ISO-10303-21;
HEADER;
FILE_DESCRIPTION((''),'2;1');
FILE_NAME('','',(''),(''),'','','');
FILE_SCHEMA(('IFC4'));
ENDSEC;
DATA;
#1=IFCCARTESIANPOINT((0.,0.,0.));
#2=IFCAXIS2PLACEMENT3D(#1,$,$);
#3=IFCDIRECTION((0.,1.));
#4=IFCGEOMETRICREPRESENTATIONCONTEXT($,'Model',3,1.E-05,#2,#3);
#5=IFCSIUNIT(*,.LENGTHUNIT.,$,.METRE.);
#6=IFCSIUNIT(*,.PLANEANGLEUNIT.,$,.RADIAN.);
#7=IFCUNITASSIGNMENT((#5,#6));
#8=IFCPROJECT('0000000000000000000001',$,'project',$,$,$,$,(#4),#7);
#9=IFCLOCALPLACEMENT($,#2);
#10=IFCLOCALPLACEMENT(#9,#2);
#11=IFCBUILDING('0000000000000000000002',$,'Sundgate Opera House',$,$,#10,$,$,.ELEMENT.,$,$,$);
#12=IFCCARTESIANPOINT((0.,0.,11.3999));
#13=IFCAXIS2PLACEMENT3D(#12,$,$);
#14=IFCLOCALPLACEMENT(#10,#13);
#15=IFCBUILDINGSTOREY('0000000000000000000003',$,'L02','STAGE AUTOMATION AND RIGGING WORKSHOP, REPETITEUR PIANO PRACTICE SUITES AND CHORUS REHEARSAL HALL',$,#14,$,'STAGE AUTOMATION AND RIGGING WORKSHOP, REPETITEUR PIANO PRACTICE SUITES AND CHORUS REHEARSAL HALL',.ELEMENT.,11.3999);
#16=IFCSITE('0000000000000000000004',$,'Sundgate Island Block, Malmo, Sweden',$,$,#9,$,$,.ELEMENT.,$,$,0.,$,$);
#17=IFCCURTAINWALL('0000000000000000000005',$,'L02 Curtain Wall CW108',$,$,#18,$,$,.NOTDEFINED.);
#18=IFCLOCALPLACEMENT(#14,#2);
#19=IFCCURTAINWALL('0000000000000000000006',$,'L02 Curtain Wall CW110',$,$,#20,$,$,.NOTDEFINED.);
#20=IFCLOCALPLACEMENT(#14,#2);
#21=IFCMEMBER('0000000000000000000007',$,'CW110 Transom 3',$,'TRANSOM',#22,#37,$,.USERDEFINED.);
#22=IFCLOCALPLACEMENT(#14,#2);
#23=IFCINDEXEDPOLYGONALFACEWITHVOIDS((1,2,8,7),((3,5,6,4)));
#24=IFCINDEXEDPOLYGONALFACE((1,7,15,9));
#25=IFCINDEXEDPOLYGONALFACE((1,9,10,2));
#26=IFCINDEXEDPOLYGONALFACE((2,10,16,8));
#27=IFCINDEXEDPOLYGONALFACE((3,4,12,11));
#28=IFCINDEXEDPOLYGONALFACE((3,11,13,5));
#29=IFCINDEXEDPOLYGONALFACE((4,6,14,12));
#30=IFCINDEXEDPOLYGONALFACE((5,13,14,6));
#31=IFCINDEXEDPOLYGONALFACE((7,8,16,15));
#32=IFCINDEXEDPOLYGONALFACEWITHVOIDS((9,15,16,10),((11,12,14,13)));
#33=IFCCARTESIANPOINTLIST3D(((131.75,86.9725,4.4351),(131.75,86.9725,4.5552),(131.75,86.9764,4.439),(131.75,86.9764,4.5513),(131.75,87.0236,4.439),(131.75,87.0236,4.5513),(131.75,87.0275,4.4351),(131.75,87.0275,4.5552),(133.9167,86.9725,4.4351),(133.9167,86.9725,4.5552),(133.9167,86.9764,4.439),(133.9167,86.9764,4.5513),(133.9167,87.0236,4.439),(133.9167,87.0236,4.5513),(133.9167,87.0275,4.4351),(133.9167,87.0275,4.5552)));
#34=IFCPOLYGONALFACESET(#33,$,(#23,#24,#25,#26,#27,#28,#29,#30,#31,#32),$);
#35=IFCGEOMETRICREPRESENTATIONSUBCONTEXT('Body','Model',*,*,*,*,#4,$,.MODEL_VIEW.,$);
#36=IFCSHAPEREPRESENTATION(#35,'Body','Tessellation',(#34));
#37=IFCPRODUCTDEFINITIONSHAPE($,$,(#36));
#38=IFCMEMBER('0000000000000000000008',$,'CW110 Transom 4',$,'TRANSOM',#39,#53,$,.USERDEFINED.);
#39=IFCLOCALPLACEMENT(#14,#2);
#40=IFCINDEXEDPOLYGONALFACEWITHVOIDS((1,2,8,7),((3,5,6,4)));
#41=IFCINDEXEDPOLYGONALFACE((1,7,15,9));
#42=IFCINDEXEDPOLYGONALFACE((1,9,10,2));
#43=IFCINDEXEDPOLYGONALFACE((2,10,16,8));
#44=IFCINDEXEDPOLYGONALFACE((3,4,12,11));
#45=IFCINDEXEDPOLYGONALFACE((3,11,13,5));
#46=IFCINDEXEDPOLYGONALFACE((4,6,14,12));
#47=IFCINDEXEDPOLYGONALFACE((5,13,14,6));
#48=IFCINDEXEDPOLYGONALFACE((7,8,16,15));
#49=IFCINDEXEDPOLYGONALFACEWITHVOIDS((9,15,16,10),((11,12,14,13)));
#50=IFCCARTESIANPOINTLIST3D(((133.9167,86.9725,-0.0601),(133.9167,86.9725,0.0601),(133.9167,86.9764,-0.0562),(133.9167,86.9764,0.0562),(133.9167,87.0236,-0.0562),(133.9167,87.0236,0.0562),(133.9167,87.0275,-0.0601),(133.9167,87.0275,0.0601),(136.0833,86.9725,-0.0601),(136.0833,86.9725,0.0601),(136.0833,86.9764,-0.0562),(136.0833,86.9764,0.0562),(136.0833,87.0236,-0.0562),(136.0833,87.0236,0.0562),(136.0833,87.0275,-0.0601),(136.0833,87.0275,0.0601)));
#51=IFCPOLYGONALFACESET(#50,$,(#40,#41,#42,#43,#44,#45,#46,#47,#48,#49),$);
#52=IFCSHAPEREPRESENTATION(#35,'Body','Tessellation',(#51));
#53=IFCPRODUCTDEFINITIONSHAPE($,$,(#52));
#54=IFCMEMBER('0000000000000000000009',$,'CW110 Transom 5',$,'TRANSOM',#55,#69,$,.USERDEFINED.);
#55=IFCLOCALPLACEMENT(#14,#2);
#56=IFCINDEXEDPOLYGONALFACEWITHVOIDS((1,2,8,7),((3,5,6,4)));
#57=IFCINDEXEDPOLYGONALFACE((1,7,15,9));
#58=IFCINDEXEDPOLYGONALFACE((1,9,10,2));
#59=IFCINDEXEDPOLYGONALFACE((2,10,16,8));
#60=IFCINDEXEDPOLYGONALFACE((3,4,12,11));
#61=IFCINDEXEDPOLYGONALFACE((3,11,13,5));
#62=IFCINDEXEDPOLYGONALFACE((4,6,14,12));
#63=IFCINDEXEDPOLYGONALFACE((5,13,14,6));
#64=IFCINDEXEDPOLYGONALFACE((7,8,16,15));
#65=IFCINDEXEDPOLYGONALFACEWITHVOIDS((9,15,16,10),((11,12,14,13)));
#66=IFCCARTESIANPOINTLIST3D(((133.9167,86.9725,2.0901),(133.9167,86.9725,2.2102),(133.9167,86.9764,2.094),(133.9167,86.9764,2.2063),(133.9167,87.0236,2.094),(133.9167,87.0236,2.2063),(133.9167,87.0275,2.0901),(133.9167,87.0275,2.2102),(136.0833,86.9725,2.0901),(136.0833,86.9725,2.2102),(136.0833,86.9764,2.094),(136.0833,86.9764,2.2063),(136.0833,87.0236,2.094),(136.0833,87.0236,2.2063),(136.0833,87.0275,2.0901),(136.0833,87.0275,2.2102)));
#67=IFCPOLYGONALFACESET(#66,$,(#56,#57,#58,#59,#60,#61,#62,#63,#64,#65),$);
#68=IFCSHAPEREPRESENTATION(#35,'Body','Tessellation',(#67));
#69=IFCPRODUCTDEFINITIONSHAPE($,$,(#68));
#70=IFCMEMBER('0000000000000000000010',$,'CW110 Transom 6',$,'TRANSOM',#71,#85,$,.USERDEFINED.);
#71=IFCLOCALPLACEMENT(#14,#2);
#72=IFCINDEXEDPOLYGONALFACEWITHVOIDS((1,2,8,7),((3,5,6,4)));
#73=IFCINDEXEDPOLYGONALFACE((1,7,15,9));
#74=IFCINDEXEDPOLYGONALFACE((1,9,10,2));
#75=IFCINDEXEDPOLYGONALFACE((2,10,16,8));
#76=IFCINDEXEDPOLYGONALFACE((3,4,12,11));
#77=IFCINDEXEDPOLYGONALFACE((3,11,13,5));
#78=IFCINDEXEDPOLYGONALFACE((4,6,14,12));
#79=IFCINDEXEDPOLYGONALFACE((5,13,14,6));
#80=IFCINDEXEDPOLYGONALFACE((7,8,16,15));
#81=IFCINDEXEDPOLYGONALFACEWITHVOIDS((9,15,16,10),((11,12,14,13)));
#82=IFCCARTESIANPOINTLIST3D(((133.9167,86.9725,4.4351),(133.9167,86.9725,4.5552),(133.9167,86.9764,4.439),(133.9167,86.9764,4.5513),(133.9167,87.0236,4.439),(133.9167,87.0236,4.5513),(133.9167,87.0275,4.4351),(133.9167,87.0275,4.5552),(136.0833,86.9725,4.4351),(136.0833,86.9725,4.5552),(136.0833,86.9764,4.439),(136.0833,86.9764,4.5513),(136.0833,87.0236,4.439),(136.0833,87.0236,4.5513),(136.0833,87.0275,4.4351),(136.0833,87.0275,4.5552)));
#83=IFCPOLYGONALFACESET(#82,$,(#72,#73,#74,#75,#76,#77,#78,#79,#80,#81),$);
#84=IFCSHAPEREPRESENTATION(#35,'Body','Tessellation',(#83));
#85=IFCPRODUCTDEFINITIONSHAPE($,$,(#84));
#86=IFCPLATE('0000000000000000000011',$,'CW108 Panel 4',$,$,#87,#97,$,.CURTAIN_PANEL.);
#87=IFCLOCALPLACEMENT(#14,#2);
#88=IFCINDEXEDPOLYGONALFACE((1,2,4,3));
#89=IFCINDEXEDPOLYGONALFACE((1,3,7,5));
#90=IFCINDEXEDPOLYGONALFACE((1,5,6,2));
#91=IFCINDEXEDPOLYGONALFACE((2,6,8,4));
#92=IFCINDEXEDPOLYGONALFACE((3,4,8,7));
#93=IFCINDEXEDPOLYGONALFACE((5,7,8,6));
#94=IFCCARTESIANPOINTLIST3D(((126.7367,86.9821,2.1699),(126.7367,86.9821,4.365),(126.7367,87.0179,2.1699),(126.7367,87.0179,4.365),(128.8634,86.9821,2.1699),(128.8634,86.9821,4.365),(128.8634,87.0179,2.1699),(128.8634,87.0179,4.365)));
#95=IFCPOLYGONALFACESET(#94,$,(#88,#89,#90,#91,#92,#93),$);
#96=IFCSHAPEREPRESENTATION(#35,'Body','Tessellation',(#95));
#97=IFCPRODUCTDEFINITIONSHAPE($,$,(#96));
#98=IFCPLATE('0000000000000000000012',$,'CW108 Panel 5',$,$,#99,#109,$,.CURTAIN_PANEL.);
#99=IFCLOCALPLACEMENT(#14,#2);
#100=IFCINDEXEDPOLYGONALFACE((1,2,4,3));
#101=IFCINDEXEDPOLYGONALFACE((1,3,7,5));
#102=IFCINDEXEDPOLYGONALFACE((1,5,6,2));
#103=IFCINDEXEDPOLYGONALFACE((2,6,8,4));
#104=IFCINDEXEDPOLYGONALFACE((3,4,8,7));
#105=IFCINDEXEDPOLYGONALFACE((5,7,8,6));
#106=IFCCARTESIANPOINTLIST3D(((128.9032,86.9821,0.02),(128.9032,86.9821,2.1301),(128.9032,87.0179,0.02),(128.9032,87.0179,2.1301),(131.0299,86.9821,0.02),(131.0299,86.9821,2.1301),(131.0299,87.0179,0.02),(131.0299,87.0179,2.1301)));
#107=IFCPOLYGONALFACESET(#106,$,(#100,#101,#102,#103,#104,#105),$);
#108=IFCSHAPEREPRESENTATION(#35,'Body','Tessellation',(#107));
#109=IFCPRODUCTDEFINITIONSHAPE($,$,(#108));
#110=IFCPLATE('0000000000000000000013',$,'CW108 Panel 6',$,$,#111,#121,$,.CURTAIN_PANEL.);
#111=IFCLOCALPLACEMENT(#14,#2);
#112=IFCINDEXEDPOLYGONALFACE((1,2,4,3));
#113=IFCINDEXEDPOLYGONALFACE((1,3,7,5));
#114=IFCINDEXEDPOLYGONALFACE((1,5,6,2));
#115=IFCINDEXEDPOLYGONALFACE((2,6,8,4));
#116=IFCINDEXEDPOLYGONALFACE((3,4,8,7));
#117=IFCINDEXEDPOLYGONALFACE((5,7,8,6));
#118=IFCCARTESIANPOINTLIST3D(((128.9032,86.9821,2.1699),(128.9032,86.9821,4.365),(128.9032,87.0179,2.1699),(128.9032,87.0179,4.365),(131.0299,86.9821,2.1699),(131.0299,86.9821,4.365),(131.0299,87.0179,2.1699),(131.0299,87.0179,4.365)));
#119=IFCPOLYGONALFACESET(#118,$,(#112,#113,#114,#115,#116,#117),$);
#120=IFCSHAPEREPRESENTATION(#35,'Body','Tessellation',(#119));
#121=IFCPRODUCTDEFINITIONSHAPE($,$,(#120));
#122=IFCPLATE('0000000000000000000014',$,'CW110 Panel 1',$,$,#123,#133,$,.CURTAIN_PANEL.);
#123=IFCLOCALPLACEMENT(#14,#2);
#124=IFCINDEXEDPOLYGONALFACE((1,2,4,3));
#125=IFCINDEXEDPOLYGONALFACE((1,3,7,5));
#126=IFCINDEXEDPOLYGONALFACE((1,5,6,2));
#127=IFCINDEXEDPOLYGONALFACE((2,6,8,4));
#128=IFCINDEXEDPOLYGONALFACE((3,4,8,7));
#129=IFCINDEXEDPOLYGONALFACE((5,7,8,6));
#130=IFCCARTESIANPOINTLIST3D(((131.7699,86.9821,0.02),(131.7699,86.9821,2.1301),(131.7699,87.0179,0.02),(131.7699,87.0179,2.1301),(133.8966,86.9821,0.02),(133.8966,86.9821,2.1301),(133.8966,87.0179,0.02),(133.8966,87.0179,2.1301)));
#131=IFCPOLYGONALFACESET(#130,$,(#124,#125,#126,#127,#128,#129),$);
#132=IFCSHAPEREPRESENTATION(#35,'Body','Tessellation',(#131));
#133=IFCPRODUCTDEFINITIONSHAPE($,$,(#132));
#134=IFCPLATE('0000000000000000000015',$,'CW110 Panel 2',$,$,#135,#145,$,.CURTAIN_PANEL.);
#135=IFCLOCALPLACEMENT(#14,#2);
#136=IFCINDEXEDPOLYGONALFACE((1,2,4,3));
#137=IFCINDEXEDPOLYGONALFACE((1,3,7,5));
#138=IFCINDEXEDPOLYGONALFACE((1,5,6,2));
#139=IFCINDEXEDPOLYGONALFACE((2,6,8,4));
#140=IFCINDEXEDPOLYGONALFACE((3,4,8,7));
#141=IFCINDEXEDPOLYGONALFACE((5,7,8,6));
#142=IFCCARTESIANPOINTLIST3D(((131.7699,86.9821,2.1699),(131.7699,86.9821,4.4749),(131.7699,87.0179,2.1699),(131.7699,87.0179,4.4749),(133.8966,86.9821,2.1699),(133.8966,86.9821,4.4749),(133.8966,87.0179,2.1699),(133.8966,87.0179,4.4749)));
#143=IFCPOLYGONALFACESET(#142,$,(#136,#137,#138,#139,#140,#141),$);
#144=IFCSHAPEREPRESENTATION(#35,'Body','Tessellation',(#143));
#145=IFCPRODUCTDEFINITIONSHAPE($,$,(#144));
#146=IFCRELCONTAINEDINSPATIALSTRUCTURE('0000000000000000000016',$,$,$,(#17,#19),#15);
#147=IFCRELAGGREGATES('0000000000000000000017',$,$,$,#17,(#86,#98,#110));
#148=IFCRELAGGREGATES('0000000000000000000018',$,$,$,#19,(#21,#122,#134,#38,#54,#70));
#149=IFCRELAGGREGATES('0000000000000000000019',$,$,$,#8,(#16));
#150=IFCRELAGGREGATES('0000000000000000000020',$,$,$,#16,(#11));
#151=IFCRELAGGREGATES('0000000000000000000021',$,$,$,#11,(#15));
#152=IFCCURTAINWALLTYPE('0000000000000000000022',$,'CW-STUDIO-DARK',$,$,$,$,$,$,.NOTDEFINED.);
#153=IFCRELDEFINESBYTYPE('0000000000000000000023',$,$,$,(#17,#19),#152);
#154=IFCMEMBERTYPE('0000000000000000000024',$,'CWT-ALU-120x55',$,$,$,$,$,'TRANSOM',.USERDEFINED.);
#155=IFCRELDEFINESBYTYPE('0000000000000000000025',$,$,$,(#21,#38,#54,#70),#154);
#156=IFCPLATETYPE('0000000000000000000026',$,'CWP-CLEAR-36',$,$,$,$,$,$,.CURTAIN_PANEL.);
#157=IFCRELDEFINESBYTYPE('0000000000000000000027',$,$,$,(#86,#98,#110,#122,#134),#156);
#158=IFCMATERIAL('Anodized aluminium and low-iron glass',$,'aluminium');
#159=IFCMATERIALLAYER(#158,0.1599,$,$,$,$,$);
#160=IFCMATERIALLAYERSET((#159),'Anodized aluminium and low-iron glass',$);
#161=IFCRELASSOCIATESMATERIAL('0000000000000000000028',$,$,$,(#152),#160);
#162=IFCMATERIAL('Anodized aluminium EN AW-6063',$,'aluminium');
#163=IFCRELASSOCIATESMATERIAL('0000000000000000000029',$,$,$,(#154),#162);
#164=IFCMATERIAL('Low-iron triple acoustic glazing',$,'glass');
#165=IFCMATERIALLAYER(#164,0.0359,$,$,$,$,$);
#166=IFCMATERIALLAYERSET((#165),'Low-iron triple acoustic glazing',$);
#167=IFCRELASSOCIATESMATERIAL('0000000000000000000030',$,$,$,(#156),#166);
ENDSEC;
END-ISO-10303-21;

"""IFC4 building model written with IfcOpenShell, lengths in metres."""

from ifc_helpers import new_model, si_unit, direction, frame, origin, origin_2d, place, context, subcontext, project, spatial, rectangle, hollow_rectangle, extrude, material, layer, layer_set, material_profile, profile_set, type_object, element, aggregate, save


model = new_model("IFC4")

# Units and contexts
model_context = context("Model", 3, precision=1e-05, world=origin(), true_north=direction((0.0, 1.0)))
body_context = subcontext(model_context, "Body", "Model", "MODEL_VIEW")
ifc_project = project(units=[si_unit("LENGTHUNIT", "METRE"), si_unit("PLANEANGLEUNIT", "RADIAN")], contexts=[model_context])

# Site, building, storey
site_placement = place(None, origin())
site = spatial("IfcSite", under=ifc_project, at=site_placement, Name="Sundgate Island Block, Malmo, Sweden", CompositionType="ELEMENT", RefElevation=0.0)
building_placement = place(site_placement, origin())
building = spatial("IfcBuilding", under=site, at=building_placement, Name="Sundgate Opera House", CompositionType="ELEMENT")
storey_placement = place(building_placement, frame((0.0, 0.0, 11.3999)))
storey = spatial("IfcBuildingStorey", under=building, at=storey_placement, Name="L02", Description="STAGE AUTOMATION AND RIGGING WORKSHOP, REPETITEUR PIANO PRACTICE SUITES AND CHORUS REHEARSAL HALL", LongName="STAGE AUTOMATION AND RIGGING WORKSHOP, REPETITEUR PIANO PRACTICE SUITES AND CHORUS REHEARSAL HALL", CompositionType="ELEMENT", Elevation=11.3999)

# Curtain walls
ifc_material_1 = material(Name="Anodized aluminium and low-iron glass", Category="aluminium")
ifc_layer_1 = layer(ifc_material_1, 0.1599)
ifc_layer_set_1 = layer_set([ifc_layer_1], Name="Anodized aluminium and low-iron glass")
curtain_wall_type = type_object("IfcCurtainWallType", Name="CW-STUDIO-DARK", PredefinedType="NOTDEFINED", material=ifc_layer_set_1)
curtain_wall_1_placement = place(storey_placement, origin())
curtain_wall_1 = element("IfcCurtainWall", 1, at=curtain_wall_1_placement, inside=storey, type_object=curtain_wall_type, Name="L02 Curtain Wall CW108", PredefinedType="NOTDEFINED")
curtain_wall_2_placement = place(storey_placement, origin())
curtain_wall_2 = element("IfcCurtainWall", 2, at=curtain_wall_2_placement, inside=storey, type_object=curtain_wall_type, Name="L02 Curtain Wall CW110", PredefinedType="NOTDEFINED")

# Members
ifc_material_2 = material(Name="Anodized aluminium EN AW-6063", Category="aluminium")
ifc_material_profile_1 = material_profile(ifc_material_2, hollow_rectangle(XDim=0.0549, YDim=0.1201, WallThickness=0.0039, at=origin_2d()), Name="CWT 120x55x4")
ifc_profile_set_1 = profile_set([ifc_material_profile_1], Name="Anodized aluminium EN AW-6063")
member_type_1 = type_object("IfcMemberType", Name="CWT-ALU-120x55", ElementType="TRANSOM", PredefinedType="USERDEFINED", material=ifc_profile_set_1)
member_1_placement = place(storey_placement, frame((131.75, 87.0, 4.4951), z_axis=(1.0, 0.0, 0.0), x_axis=(0.0, 1.0, 0.0)))
member_1 = element("IfcMember", 3, at=member_1_placement, type_object=member_type_1, Name="CW110 Transom 3", ObjectType="TRANSOM", PredefinedType="USERDEFINED", context=body_context, shape_type="SweptSolid", body=[
    extrude(hollow_rectangle(XDim=0.0549, YDim=0.1201, WallThickness=0.0039, at=origin_2d()), origin(), (0.0, 0.0, 1.0), 2.1667),
])
member_2_placement = place(storey_placement, frame((133.9167, 87.0, 0.0), z_axis=(1.0, 0.0, 0.0), x_axis=(0.0, 1.0, 0.0)))
member_2 = element("IfcMember", 4, at=member_2_placement, type_object=member_type_1, Name="CW110 Transom 4", ObjectType="TRANSOM", PredefinedType="USERDEFINED", context=body_context, shape_type="SweptSolid", body=[
    extrude(hollow_rectangle(XDim=0.0549, YDim=0.1201, WallThickness=0.0039, at=origin_2d()), origin(), (0.0, 0.0, 1.0), 2.1665),
])
member_3_placement = place(storey_placement, frame((133.9167, 87.0, 2.1501), z_axis=(1.0, 0.0, 0.0), x_axis=(0.0, 1.0, 0.0)))
member_3 = element("IfcMember", 5, at=member_3_placement, type_object=member_type_1, Name="CW110 Transom 5", ObjectType="TRANSOM", PredefinedType="USERDEFINED", context=body_context, shape_type="SweptSolid", body=[
    extrude(hollow_rectangle(XDim=0.0549, YDim=0.1201, WallThickness=0.0039, at=origin_2d()), origin(), (0.0, 0.0, 1.0), 2.1665),
])
member_4_placement = place(storey_placement, frame((133.9167, 87.0, 4.4951), z_axis=(1.0, 0.0, 0.0), x_axis=(0.0, 1.0, 0.0)))
member_4 = element("IfcMember", 6, at=member_4_placement, type_object=member_type_1, Name="CW110 Transom 6", ObjectType="TRANSOM", PredefinedType="USERDEFINED", context=body_context, shape_type="SweptSolid", body=[
    extrude(hollow_rectangle(XDim=0.0549, YDim=0.1201, WallThickness=0.0039, at=origin_2d()), origin(), (0.0, 0.0, 1.0), 2.1665),
])

# Plates
ifc_material_3 = material(Name="Low-iron triple acoustic glazing", Category="glass")
ifc_layer_2 = layer(ifc_material_3, 0.0359)
ifc_layer_set_2 = layer_set([ifc_layer_2], Name="Low-iron triple acoustic glazing")
plate_type = type_object("IfcPlateType", Name="CWP-CLEAR-36", PredefinedType="CURTAIN_PANEL", material=ifc_layer_set_2)
plate_1_placement = place(storey_placement, frame((127.8, 87.0, 2.1699), z_axis=(0.0, 0.0, 1.0), x_axis=(1.0, 0.0, 0.0)))
plate_1 = element("IfcPlate", 7, at=plate_1_placement, type_object=plate_type, Name="CW108 Panel 4", PredefinedType="CURTAIN_PANEL", context=body_context, shape_type="SweptSolid", body=[
    extrude(rectangle(XDim=2.1267, YDim=0.0359, at=origin_2d()), origin(), (0.0, 0.0, 1.0), 2.1951),
])
plate_2_placement = place(storey_placement, frame((129.9666, 87.0, 0.02), z_axis=(0.0, 0.0, 1.0), x_axis=(1.0, 0.0, 0.0)))
plate_2 = element("IfcPlate", 8, at=plate_2_placement, type_object=plate_type, Name="CW108 Panel 5", PredefinedType="CURTAIN_PANEL", context=body_context, shape_type="SweptSolid", body=[
    extrude(rectangle(XDim=2.1267, YDim=0.0359, at=origin_2d()), origin(), (0.0, 0.0, 1.0), 2.1101),
])
plate_3_placement = place(storey_placement, frame((129.9666, 87.0, 2.1699), z_axis=(0.0, 0.0, 1.0), x_axis=(1.0, 0.0, 0.0)))
plate_3 = element("IfcPlate", 9, at=plate_3_placement, type_object=plate_type, Name="CW108 Panel 6", PredefinedType="CURTAIN_PANEL", context=body_context, shape_type="SweptSolid", body=[
    extrude(rectangle(XDim=2.1267, YDim=0.0359, at=origin_2d()), origin(), (0.0, 0.0, 1.0), 2.1951),
])
aggregate(curtain_wall_1, [plate_1, plate_2, plate_3])
plate_4_placement = place(storey_placement, frame((132.8333, 87.0, 0.02), z_axis=(0.0, 0.0, 1.0), x_axis=(1.0, 0.0, 0.0)))
plate_4 = element("IfcPlate", 10, at=plate_4_placement, type_object=plate_type, Name="CW110 Panel 1", PredefinedType="CURTAIN_PANEL", context=body_context, shape_type="SweptSolid", body=[
    extrude(rectangle(XDim=2.1267, YDim=0.0359, at=origin_2d()), origin(), (0.0, 0.0, 1.0), 2.1101),
])
plate_5_placement = place(storey_placement, frame((132.8333, 87.0, 2.1699), z_axis=(0.0, 0.0, 1.0), x_axis=(1.0, 0.0, 0.0)))
plate_5 = element("IfcPlate", 11, at=plate_5_placement, type_object=plate_type, Name="CW110 Panel 2", PredefinedType="CURTAIN_PANEL", context=body_context, shape_type="SweptSolid", body=[
    extrude(rectangle(XDim=2.1267, YDim=0.0359, at=origin_2d()), origin(), (0.0, 0.0, 1.0), 2.3049),
])
aggregate(curtain_wall_2, [member_1, plate_4, plate_5, member_2, member_3, member_4])

save(model, "model.ifc")
